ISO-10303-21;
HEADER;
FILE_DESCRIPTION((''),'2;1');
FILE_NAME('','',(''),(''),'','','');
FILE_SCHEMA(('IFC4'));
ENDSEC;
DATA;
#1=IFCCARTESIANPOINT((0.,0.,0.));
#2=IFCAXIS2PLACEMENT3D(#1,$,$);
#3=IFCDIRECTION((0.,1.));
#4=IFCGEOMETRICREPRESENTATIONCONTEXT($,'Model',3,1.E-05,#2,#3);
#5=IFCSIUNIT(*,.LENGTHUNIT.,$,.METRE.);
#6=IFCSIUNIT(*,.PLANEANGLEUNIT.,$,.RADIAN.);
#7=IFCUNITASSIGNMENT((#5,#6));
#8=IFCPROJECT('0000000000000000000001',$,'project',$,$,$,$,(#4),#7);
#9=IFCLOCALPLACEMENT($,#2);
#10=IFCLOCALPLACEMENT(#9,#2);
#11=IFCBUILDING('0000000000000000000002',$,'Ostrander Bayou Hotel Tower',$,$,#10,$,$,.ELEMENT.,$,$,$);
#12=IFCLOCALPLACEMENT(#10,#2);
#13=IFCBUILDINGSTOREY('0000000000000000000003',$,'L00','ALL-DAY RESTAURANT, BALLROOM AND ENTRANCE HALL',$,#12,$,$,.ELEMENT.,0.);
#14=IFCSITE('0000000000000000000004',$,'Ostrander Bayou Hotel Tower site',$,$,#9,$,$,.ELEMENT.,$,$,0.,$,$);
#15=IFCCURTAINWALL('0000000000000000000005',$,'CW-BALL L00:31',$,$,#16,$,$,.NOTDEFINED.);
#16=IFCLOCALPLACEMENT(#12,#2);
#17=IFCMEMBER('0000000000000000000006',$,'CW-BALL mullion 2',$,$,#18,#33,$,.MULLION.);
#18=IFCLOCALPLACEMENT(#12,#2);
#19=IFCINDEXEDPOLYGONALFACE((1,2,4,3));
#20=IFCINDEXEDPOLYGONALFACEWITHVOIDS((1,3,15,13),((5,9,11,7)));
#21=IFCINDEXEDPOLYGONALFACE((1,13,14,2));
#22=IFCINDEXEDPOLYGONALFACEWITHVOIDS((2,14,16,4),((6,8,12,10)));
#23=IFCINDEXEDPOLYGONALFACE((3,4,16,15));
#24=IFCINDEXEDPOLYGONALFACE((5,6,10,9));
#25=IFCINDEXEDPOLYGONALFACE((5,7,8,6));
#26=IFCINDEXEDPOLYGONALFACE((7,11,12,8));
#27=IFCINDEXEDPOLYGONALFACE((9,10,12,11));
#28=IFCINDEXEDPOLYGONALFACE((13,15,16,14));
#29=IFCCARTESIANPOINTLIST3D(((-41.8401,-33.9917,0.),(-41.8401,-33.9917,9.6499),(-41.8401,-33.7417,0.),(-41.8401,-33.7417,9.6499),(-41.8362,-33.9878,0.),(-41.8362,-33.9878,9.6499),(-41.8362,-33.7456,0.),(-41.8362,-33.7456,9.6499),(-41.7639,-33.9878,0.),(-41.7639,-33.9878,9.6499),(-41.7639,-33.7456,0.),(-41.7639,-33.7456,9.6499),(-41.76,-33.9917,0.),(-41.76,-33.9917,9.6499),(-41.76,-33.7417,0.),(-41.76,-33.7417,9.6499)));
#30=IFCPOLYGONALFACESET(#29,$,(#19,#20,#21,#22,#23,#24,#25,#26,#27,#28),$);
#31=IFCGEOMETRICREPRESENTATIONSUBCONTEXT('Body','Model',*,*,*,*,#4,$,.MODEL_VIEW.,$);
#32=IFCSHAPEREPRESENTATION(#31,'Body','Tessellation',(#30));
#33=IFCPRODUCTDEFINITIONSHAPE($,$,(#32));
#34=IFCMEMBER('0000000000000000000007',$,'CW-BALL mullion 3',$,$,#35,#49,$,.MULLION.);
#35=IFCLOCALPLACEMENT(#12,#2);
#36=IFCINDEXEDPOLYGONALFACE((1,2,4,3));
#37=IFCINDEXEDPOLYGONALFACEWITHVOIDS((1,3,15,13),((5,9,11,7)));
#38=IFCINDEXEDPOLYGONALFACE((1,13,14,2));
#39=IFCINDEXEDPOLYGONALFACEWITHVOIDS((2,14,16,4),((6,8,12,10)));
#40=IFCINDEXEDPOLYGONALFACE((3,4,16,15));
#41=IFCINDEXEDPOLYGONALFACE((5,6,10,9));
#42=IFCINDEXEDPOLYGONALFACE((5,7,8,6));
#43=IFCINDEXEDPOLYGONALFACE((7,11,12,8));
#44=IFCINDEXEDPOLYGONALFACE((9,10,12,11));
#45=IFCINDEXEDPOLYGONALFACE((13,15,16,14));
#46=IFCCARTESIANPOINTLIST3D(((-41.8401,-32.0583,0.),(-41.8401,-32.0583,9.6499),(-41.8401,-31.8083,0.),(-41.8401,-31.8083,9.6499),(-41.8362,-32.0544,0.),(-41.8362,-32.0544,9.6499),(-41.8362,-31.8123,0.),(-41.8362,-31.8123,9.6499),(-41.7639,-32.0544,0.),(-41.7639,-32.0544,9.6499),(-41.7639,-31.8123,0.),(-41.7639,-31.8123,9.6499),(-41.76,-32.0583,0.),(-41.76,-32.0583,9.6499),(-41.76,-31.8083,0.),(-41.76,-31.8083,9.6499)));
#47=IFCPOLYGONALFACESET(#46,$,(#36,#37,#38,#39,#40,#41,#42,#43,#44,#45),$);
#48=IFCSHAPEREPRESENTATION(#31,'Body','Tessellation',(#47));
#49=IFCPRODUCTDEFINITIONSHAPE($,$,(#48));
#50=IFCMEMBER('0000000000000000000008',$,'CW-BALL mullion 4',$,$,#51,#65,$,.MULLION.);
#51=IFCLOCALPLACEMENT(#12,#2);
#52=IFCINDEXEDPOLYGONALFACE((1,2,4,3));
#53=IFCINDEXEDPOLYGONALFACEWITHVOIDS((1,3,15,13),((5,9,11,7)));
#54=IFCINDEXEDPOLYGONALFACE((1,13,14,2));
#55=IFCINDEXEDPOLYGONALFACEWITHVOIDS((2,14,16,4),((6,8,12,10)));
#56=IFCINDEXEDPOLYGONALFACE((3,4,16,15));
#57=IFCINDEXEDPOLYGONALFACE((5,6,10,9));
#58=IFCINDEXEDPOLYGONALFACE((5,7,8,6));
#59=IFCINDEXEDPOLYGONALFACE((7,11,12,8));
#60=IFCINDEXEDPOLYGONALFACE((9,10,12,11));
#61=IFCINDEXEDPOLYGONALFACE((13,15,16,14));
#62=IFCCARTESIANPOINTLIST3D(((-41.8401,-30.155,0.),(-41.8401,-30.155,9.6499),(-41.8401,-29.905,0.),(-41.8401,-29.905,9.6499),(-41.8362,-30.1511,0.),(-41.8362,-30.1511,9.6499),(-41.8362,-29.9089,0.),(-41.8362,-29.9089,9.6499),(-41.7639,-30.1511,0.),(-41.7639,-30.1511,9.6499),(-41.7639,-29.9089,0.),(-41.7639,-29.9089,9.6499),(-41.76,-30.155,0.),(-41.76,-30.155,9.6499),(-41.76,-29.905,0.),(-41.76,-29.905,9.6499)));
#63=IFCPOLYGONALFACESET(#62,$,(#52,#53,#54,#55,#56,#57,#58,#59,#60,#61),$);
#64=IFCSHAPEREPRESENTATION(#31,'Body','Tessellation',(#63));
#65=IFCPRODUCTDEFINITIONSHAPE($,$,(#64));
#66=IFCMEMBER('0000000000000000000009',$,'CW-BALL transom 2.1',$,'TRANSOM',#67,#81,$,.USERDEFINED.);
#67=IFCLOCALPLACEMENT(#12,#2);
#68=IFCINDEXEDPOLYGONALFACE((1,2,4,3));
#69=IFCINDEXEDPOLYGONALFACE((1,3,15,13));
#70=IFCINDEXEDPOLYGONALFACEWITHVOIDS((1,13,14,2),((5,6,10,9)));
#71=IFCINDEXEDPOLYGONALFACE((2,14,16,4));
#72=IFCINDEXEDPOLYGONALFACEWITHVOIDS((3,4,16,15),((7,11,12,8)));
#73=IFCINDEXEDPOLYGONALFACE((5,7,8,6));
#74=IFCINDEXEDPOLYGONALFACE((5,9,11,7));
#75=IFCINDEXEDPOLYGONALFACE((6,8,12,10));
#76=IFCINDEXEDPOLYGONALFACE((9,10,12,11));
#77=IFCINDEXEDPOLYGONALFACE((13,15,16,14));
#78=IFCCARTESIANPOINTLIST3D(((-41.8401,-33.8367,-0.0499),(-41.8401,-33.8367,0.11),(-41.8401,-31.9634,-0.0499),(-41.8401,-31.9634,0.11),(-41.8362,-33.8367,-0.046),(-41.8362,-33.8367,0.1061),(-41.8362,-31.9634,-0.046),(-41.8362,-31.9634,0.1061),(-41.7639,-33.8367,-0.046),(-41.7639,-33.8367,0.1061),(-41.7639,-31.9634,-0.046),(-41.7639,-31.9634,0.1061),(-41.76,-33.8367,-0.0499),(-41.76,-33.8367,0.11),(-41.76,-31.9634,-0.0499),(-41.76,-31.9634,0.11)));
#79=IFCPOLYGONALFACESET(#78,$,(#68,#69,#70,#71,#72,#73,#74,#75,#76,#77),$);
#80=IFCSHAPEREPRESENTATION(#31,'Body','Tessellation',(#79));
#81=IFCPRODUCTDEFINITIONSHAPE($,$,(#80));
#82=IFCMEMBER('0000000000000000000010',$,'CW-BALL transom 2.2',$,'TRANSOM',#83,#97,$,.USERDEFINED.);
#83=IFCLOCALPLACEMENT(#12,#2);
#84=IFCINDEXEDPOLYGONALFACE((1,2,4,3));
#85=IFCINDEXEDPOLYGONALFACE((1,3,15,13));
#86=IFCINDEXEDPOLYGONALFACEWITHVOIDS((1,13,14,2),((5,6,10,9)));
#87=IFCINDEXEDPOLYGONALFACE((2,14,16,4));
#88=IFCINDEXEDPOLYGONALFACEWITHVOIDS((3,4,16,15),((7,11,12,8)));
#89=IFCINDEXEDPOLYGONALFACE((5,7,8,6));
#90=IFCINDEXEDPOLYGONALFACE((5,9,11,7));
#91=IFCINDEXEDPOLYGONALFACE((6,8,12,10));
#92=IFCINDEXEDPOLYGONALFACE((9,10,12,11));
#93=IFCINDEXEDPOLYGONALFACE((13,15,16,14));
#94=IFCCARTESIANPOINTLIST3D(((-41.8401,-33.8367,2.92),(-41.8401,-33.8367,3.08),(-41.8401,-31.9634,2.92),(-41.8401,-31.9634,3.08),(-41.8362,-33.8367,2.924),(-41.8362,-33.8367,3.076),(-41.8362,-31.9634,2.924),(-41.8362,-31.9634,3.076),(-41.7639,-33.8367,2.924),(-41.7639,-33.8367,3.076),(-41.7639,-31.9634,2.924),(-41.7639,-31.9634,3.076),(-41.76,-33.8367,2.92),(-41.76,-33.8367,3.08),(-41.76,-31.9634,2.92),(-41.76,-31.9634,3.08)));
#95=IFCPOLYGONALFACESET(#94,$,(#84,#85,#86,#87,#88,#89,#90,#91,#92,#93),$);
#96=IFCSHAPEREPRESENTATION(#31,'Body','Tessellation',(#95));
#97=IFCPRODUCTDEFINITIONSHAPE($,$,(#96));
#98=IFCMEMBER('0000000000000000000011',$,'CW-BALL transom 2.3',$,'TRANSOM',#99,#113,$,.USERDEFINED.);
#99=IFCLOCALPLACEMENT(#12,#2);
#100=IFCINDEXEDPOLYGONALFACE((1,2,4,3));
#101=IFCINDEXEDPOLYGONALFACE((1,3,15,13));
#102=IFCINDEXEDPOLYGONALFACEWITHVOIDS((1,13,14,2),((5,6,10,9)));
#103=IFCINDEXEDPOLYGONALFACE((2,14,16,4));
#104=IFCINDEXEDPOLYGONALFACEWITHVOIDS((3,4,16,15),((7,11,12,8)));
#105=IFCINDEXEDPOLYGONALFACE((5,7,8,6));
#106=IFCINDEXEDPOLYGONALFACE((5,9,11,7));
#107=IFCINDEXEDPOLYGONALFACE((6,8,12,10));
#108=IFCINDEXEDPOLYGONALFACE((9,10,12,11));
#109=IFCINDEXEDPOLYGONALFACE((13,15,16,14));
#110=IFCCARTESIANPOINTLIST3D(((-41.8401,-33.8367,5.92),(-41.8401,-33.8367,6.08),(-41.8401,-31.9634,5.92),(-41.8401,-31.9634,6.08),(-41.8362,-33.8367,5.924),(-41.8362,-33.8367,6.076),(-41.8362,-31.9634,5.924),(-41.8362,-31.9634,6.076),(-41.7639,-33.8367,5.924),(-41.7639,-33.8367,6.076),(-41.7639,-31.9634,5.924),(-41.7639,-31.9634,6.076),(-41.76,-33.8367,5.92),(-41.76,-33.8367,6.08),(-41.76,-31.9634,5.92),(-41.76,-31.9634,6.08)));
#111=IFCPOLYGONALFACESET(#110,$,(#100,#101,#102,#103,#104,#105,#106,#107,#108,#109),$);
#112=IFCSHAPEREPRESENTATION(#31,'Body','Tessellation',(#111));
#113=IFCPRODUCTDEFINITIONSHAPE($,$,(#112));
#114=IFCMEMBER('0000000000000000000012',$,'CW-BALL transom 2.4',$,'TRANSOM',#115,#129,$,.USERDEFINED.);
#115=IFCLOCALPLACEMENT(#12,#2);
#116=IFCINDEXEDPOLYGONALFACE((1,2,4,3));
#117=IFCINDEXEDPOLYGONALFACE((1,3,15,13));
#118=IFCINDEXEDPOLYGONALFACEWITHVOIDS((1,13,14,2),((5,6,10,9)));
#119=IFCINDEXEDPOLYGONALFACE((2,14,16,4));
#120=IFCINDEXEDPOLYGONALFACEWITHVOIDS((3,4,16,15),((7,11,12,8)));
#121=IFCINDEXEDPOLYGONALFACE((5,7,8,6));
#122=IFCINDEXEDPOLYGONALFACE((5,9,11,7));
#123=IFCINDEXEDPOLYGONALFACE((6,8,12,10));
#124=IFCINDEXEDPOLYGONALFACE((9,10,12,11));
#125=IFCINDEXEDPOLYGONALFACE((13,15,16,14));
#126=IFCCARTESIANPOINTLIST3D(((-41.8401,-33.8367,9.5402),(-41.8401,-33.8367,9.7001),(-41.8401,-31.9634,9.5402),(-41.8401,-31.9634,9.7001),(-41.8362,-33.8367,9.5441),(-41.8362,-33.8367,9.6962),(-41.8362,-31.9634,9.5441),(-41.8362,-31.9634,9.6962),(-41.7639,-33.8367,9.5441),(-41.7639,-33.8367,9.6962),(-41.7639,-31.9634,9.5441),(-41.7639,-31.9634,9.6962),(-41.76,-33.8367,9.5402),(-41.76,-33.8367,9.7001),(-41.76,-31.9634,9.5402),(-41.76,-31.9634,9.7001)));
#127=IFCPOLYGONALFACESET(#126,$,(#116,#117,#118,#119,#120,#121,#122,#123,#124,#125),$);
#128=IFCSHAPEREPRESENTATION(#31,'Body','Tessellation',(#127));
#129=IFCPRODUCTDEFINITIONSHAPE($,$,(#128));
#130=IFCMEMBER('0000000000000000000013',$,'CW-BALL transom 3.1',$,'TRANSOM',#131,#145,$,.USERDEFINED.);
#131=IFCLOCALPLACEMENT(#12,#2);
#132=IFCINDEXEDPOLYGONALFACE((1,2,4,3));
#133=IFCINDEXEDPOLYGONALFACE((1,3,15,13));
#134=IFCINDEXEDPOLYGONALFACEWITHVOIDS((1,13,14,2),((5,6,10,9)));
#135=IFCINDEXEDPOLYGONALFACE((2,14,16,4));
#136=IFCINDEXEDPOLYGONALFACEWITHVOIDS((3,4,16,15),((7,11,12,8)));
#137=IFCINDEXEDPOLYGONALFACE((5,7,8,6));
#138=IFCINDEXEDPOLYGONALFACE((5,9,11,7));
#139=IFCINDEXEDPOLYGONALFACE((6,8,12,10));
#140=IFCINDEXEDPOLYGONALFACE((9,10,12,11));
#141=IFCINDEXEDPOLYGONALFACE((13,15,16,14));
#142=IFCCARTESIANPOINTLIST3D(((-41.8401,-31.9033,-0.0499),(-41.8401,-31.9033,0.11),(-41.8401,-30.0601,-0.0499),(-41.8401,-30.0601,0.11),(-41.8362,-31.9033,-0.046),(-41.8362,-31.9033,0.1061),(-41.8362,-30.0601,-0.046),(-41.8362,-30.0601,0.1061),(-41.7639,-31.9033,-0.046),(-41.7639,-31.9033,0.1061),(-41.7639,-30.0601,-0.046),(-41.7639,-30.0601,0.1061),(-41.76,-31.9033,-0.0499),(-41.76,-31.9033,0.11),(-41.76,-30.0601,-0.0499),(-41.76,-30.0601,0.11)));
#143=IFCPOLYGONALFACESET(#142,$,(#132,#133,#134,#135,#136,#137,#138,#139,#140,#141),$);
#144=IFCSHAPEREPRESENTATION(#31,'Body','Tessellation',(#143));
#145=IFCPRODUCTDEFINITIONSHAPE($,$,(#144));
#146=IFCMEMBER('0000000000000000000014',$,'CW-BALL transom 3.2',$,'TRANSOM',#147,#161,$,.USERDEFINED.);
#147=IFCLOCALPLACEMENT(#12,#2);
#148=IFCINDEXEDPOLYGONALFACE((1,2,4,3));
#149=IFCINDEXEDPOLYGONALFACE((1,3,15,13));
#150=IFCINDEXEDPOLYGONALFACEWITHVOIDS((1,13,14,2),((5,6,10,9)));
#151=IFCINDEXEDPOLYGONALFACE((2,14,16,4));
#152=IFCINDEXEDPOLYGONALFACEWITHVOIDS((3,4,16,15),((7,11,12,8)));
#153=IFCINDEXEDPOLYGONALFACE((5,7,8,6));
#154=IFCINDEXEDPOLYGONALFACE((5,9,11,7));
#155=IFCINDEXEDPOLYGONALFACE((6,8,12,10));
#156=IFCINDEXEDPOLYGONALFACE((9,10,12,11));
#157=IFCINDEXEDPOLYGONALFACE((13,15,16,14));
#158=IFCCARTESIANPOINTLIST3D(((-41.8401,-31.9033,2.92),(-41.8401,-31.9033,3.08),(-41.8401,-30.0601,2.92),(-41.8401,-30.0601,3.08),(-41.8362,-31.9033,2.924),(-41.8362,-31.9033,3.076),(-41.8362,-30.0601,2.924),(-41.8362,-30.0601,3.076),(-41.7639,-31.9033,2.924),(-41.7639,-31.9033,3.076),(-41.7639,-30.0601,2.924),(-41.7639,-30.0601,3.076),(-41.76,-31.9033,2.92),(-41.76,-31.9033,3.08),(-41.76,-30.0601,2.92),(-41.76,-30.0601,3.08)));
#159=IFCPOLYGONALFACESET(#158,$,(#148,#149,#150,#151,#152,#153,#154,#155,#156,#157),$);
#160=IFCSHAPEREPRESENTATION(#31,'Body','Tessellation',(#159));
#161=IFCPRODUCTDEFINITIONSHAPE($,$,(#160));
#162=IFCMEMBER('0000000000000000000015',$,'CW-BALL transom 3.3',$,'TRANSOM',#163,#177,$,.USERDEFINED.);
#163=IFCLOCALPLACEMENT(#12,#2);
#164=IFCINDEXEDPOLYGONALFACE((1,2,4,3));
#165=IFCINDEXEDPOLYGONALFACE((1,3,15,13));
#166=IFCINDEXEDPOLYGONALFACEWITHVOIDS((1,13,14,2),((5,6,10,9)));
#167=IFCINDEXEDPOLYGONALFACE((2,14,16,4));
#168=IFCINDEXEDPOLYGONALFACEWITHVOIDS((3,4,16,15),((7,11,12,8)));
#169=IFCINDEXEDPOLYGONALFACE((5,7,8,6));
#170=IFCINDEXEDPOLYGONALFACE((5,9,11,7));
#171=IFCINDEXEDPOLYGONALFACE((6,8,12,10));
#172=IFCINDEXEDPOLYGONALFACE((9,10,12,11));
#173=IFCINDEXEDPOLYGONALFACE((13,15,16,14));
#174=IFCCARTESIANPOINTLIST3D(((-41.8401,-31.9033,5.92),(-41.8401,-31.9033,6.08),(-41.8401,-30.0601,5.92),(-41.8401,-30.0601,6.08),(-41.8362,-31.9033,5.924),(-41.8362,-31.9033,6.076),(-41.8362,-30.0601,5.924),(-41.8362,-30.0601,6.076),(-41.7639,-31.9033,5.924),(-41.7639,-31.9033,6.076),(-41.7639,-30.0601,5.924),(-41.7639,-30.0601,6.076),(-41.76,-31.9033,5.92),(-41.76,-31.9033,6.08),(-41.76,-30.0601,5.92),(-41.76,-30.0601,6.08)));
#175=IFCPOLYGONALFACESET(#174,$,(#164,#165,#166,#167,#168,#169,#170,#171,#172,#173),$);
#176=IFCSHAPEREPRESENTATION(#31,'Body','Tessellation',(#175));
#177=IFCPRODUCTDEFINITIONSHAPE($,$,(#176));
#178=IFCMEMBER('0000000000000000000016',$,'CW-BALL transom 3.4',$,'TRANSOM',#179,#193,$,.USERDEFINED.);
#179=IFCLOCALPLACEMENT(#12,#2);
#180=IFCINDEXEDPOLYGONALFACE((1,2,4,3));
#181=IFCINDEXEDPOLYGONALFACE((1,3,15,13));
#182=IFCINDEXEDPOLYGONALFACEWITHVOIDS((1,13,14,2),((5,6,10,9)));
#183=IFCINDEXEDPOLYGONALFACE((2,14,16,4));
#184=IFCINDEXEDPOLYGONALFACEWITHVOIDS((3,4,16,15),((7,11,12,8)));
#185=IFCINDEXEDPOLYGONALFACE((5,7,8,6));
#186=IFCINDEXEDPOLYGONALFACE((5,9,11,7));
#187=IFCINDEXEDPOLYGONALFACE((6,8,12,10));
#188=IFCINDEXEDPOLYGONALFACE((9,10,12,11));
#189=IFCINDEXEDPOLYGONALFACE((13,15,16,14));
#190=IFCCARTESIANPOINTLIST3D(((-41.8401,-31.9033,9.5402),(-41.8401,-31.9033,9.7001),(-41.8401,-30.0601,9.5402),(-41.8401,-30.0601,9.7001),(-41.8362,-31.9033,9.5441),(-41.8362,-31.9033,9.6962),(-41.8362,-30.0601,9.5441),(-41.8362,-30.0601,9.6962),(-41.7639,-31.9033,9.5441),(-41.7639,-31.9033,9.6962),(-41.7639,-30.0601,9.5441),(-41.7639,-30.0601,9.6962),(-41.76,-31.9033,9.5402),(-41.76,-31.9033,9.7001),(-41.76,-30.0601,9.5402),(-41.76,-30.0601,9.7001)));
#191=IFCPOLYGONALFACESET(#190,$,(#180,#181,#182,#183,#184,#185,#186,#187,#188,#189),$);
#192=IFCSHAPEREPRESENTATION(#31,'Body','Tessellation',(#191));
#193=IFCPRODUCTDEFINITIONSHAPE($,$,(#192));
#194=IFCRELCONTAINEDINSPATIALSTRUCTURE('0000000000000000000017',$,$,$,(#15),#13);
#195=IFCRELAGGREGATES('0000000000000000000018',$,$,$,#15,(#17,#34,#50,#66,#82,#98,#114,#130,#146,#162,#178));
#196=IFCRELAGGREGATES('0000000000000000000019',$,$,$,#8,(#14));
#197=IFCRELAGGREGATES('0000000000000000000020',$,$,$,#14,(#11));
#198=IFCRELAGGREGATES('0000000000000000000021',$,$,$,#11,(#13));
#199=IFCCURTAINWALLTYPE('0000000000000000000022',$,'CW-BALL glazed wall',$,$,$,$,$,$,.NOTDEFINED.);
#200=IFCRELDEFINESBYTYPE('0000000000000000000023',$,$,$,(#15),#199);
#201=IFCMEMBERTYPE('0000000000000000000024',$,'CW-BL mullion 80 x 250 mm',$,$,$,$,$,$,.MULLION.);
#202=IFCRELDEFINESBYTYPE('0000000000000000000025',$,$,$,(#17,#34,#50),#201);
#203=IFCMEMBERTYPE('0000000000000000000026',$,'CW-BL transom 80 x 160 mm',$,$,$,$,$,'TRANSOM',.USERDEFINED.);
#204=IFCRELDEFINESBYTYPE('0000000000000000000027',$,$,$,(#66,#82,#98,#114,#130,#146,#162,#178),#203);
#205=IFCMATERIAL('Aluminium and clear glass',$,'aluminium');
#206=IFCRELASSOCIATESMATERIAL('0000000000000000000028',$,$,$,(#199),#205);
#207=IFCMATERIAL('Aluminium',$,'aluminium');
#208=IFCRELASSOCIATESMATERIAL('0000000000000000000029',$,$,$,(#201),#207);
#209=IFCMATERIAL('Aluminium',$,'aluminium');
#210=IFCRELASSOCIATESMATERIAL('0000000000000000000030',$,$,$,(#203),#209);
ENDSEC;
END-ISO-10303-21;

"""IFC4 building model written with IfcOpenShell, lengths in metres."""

from ifc_helpers import new_model, si_unit, direction, frame, origin, origin_2d, place, context, subcontext, project, spatial, hollow_rectangle, extrude, material, material_profile, profile_set, type_object, element, aggregate, save


model = new_model("IFC4")

# Units and contexts
model_context = context("Model", 3, precision=1e-05, world=origin(), true_north=direction((0.0, 1.0)))
body_context = subcontext(model_context, "Body", "Model", "MODEL_VIEW")
ifc_project = project(units=[si_unit("LENGTHUNIT", "METRE"), si_unit("PLANEANGLEUNIT", "RADIAN")], contexts=[model_context])

# Site, building, storey
site_placement = place(None, origin())
site = spatial("IfcSite", under=ifc_project, at=site_placement, Name="Ostrander Bayou Hotel Tower site", CompositionType="ELEMENT", RefElevation=0.0)
building_placement = place(site_placement, origin())
building = spatial("IfcBuilding", under=site, at=building_placement, Name="Ostrander Bayou Hotel Tower", CompositionType="ELEMENT")
storey_placement = place(building_placement, origin())
storey = spatial("IfcBuildingStorey", under=building, at=storey_placement, Name="L00", Description="ALL-DAY RESTAURANT, BALLROOM AND ENTRANCE HALL", CompositionType="ELEMENT", Elevation=0.0)

# Curtain wall, members
ifc_material_1 = material(Name="Aluminium and clear glass", Category="aluminium")
curtain_wall_type = type_object("IfcCurtainWallType", Name="CW-BALL glazed wall", PredefinedType="NOTDEFINED", material=ifc_material_1)
curtain_wall_placement = place(storey_placement, origin())
curtain_wall = element("IfcCurtainWall", 1, at=curtain_wall_placement, inside=storey, type_object=curtain_wall_type, Name="CW-BALL L00:31", PredefinedType="NOTDEFINED")
ifc_material_2 = material(Name="Aluminium", Category="aluminium")
ifc_material_profile_1 = material_profile(ifc_material_2, hollow_rectangle(XDim=0.0801, YDim=0.25, WallThickness=0.0039, at=origin_2d()))
ifc_profile_set_1 = profile_set([ifc_material_profile_1], Name="Aluminium")
member_type_1 = type_object("IfcMemberType", Name="CW-BL mullion 80 x 250 mm", PredefinedType="MULLION", material=ifc_profile_set_1)
member_1_placement = place(storey_placement, frame((-41.8, -33.8667, 0.0), z_axis=(0.0, 0.0, 1.0), x_axis=(-1.0, 0.0, 0.0)))
member_1 = element("IfcMember", 2, at=member_1_placement, type_object=member_type_1, Name="CW-BALL mullion 2", PredefinedType="MULLION", context=body_context, shape_type="SweptSolid", body=[
    extrude(hollow_rectangle(XDim=0.0801, YDim=0.25, WallThickness=0.0039, at=origin_2d()), origin(), (0.0, 0.0, 1.0), 9.6499),
])
member_2_placement = place(storey_placement, frame((-41.8, -31.9333, 0.0), z_axis=(0.0, 0.0, 1.0), x_axis=(-1.0, 0.0, 0.0)))
member_2 = element("IfcMember", 3, at=member_2_placement, type_object=member_type_1, Name="CW-BALL mullion 3", PredefinedType="MULLION", context=body_context, shape_type="SweptSolid", body=[
    extrude(hollow_rectangle(XDim=0.0801, YDim=0.25, WallThickness=0.0039, at=origin_2d()), origin(), (0.0, 0.0, 1.0), 9.6499),
])
member_3_placement = place(storey_placement, frame((-41.8, -30.03, 0.0), z_axis=(0.0, 0.0, 1.0), x_axis=(-1.0, 0.0, 0.0)))
member_3 = element("IfcMember", 4, at=member_3_placement, type_object=member_type_1, Name="CW-BALL mullion 4", PredefinedType="MULLION", context=body_context, shape_type="SweptSolid", body=[
    extrude(hollow_rectangle(XDim=0.0801, YDim=0.25, WallThickness=0.0039, at=origin_2d()), origin(), (0.0, 0.0, 1.0), 9.6499),
])
ifc_material_3 = material(Name="Aluminium", Category="aluminium")
ifc_material_profile_2 = material_profile(ifc_material_3, hollow_rectangle(XDim=0.0801, YDim=0.1599, WallThickness=0.0039, at=origin_2d()))
ifc_profile_set_2 = profile_set([ifc_material_profile_2], Name="Aluminium")
member_type_2 = type_object("IfcMemberType", Name="CW-BL transom 80 x 160 mm", ElementType="TRANSOM", PredefinedType="USERDEFINED", material=ifc_profile_set_2)
member_4_placement = place(storey_placement, frame((-41.8, -33.8367, 0.03), z_axis=(0.0, 1.0, 0.0), x_axis=(-1.0, 0.0, 0.0)))
member_4 = element("IfcMember", 5, at=member_4_placement, type_object=member_type_2, Name="CW-BALL transom 2.1", ObjectType="TRANSOM", PredefinedType="USERDEFINED", context=body_context, shape_type="SweptSolid", body=[
    extrude(hollow_rectangle(XDim=0.0801, YDim=0.1599, WallThickness=0.0039, at=origin_2d()), origin(), (0.0, 0.0, 1.0), 1.8733),
])
member_5_placement = place(storey_placement, frame((-41.8, -33.8367, 3.0), z_axis=(0.0, 1.0, 0.0), x_axis=(-1.0, 0.0, 0.0)))
member_5 = element("IfcMember", 6, at=member_5_placement, type_object=member_type_2, Name="CW-BALL transom 2.2", ObjectType="TRANSOM", PredefinedType="USERDEFINED", context=body_context, shape_type="SweptSolid", body=[
    extrude(hollow_rectangle(XDim=0.0801, YDim=0.1599, WallThickness=0.0039, at=origin_2d()), origin(), (0.0, 0.0, 1.0), 1.8733),
])
member_6_placement = place(storey_placement, frame((-41.8, -33.8367, 6.0), z_axis=(0.0, 1.0, 0.0), x_axis=(-1.0, 0.0, 0.0)))
member_6 = element("IfcMember", 7, at=member_6_placement, type_object=member_type_2, Name="CW-BALL transom 2.3", ObjectType="TRANSOM", PredefinedType="USERDEFINED", context=body_context, shape_type="SweptSolid", body=[
    extrude(hollow_rectangle(XDim=0.0801, YDim=0.1599, WallThickness=0.0039, at=origin_2d()), origin(), (0.0, 0.0, 1.0), 1.8733),
])
member_7_placement = place(storey_placement, frame((-41.8, -33.8367, 9.6201), z_axis=(0.0, 1.0, 0.0), x_axis=(-1.0, 0.0, 0.0)))
member_7 = element("IfcMember", 8, at=member_7_placement, type_object=member_type_2, Name="CW-BALL transom 2.4", ObjectType="TRANSOM", PredefinedType="USERDEFINED", context=body_context, shape_type="SweptSolid", body=[
    extrude(hollow_rectangle(XDim=0.0801, YDim=0.1599, WallThickness=0.0039, at=origin_2d()), origin(), (0.0, 0.0, 1.0), 1.8733),
])
member_8_placement = place(storey_placement, frame((-41.8, -31.9033, 0.03), z_axis=(0.0, 1.0, 0.0), x_axis=(-1.0, 0.0, 0.0)))
member_8 = element("IfcMember", 9, at=member_8_placement, type_object=member_type_2, Name="CW-BALL transom 3.1", ObjectType="TRANSOM", PredefinedType="USERDEFINED", context=body_context, shape_type="SweptSolid", body=[
    extrude(hollow_rectangle(XDim=0.0801, YDim=0.1599, WallThickness=0.0039, at=origin_2d()), origin(), (0.0, 0.0, 1.0), 1.8433),
])
member_9_placement = place(storey_placement, frame((-41.8, -31.9033, 3.0), z_axis=(0.0, 1.0, 0.0), x_axis=(-1.0, 0.0, 0.0)))
member_9 = element("IfcMember", 10, at=member_9_placement, type_object=member_type_2, Name="CW-BALL transom 3.2", ObjectType="TRANSOM", PredefinedType="USERDEFINED", context=body_context, shape_type="SweptSolid", body=[
    extrude(hollow_rectangle(XDim=0.0801, YDim=0.1599, WallThickness=0.0039, at=origin_2d()), origin(), (0.0, 0.0, 1.0), 1.8433),
])
member_10_placement = place(storey_placement, frame((-41.8, -31.9033, 6.0), z_axis=(0.0, 1.0, 0.0), x_axis=(-1.0, 0.0, 0.0)))
member_10 = element("IfcMember", 11, at=member_10_placement, type_object=member_type_2, Name="CW-BALL transom 3.3", ObjectType="TRANSOM", PredefinedType="USERDEFINED", context=body_context, shape_type="SweptSolid", body=[
    extrude(hollow_rectangle(XDim=0.0801, YDim=0.1599, WallThickness=0.0039, at=origin_2d()), origin(), (0.0, 0.0, 1.0), 1.8433),
])
member_11_placement = place(storey_placement, frame((-41.8, -31.9033, 9.6201), z_axis=(0.0, 1.0, 0.0), x_axis=(-1.0, 0.0, 0.0)))
member_11 = element("IfcMember", 12, at=member_11_placement, type_object=member_type_2, Name="CW-BALL transom 3.4", ObjectType="TRANSOM", PredefinedType="USERDEFINED", context=body_context, shape_type="SweptSolid", body=[
    extrude(hollow_rectangle(XDim=0.0801, YDim=0.1599, WallThickness=0.0039, at=origin_2d()), origin(), (0.0, 0.0, 1.0), 1.8433),
])
aggregate(curtain_wall, [member_1, member_2, member_3, member_4, member_5, member_6, member_7, member_8, member_9, member_10, member_11])

save(model, "model.ifc")
